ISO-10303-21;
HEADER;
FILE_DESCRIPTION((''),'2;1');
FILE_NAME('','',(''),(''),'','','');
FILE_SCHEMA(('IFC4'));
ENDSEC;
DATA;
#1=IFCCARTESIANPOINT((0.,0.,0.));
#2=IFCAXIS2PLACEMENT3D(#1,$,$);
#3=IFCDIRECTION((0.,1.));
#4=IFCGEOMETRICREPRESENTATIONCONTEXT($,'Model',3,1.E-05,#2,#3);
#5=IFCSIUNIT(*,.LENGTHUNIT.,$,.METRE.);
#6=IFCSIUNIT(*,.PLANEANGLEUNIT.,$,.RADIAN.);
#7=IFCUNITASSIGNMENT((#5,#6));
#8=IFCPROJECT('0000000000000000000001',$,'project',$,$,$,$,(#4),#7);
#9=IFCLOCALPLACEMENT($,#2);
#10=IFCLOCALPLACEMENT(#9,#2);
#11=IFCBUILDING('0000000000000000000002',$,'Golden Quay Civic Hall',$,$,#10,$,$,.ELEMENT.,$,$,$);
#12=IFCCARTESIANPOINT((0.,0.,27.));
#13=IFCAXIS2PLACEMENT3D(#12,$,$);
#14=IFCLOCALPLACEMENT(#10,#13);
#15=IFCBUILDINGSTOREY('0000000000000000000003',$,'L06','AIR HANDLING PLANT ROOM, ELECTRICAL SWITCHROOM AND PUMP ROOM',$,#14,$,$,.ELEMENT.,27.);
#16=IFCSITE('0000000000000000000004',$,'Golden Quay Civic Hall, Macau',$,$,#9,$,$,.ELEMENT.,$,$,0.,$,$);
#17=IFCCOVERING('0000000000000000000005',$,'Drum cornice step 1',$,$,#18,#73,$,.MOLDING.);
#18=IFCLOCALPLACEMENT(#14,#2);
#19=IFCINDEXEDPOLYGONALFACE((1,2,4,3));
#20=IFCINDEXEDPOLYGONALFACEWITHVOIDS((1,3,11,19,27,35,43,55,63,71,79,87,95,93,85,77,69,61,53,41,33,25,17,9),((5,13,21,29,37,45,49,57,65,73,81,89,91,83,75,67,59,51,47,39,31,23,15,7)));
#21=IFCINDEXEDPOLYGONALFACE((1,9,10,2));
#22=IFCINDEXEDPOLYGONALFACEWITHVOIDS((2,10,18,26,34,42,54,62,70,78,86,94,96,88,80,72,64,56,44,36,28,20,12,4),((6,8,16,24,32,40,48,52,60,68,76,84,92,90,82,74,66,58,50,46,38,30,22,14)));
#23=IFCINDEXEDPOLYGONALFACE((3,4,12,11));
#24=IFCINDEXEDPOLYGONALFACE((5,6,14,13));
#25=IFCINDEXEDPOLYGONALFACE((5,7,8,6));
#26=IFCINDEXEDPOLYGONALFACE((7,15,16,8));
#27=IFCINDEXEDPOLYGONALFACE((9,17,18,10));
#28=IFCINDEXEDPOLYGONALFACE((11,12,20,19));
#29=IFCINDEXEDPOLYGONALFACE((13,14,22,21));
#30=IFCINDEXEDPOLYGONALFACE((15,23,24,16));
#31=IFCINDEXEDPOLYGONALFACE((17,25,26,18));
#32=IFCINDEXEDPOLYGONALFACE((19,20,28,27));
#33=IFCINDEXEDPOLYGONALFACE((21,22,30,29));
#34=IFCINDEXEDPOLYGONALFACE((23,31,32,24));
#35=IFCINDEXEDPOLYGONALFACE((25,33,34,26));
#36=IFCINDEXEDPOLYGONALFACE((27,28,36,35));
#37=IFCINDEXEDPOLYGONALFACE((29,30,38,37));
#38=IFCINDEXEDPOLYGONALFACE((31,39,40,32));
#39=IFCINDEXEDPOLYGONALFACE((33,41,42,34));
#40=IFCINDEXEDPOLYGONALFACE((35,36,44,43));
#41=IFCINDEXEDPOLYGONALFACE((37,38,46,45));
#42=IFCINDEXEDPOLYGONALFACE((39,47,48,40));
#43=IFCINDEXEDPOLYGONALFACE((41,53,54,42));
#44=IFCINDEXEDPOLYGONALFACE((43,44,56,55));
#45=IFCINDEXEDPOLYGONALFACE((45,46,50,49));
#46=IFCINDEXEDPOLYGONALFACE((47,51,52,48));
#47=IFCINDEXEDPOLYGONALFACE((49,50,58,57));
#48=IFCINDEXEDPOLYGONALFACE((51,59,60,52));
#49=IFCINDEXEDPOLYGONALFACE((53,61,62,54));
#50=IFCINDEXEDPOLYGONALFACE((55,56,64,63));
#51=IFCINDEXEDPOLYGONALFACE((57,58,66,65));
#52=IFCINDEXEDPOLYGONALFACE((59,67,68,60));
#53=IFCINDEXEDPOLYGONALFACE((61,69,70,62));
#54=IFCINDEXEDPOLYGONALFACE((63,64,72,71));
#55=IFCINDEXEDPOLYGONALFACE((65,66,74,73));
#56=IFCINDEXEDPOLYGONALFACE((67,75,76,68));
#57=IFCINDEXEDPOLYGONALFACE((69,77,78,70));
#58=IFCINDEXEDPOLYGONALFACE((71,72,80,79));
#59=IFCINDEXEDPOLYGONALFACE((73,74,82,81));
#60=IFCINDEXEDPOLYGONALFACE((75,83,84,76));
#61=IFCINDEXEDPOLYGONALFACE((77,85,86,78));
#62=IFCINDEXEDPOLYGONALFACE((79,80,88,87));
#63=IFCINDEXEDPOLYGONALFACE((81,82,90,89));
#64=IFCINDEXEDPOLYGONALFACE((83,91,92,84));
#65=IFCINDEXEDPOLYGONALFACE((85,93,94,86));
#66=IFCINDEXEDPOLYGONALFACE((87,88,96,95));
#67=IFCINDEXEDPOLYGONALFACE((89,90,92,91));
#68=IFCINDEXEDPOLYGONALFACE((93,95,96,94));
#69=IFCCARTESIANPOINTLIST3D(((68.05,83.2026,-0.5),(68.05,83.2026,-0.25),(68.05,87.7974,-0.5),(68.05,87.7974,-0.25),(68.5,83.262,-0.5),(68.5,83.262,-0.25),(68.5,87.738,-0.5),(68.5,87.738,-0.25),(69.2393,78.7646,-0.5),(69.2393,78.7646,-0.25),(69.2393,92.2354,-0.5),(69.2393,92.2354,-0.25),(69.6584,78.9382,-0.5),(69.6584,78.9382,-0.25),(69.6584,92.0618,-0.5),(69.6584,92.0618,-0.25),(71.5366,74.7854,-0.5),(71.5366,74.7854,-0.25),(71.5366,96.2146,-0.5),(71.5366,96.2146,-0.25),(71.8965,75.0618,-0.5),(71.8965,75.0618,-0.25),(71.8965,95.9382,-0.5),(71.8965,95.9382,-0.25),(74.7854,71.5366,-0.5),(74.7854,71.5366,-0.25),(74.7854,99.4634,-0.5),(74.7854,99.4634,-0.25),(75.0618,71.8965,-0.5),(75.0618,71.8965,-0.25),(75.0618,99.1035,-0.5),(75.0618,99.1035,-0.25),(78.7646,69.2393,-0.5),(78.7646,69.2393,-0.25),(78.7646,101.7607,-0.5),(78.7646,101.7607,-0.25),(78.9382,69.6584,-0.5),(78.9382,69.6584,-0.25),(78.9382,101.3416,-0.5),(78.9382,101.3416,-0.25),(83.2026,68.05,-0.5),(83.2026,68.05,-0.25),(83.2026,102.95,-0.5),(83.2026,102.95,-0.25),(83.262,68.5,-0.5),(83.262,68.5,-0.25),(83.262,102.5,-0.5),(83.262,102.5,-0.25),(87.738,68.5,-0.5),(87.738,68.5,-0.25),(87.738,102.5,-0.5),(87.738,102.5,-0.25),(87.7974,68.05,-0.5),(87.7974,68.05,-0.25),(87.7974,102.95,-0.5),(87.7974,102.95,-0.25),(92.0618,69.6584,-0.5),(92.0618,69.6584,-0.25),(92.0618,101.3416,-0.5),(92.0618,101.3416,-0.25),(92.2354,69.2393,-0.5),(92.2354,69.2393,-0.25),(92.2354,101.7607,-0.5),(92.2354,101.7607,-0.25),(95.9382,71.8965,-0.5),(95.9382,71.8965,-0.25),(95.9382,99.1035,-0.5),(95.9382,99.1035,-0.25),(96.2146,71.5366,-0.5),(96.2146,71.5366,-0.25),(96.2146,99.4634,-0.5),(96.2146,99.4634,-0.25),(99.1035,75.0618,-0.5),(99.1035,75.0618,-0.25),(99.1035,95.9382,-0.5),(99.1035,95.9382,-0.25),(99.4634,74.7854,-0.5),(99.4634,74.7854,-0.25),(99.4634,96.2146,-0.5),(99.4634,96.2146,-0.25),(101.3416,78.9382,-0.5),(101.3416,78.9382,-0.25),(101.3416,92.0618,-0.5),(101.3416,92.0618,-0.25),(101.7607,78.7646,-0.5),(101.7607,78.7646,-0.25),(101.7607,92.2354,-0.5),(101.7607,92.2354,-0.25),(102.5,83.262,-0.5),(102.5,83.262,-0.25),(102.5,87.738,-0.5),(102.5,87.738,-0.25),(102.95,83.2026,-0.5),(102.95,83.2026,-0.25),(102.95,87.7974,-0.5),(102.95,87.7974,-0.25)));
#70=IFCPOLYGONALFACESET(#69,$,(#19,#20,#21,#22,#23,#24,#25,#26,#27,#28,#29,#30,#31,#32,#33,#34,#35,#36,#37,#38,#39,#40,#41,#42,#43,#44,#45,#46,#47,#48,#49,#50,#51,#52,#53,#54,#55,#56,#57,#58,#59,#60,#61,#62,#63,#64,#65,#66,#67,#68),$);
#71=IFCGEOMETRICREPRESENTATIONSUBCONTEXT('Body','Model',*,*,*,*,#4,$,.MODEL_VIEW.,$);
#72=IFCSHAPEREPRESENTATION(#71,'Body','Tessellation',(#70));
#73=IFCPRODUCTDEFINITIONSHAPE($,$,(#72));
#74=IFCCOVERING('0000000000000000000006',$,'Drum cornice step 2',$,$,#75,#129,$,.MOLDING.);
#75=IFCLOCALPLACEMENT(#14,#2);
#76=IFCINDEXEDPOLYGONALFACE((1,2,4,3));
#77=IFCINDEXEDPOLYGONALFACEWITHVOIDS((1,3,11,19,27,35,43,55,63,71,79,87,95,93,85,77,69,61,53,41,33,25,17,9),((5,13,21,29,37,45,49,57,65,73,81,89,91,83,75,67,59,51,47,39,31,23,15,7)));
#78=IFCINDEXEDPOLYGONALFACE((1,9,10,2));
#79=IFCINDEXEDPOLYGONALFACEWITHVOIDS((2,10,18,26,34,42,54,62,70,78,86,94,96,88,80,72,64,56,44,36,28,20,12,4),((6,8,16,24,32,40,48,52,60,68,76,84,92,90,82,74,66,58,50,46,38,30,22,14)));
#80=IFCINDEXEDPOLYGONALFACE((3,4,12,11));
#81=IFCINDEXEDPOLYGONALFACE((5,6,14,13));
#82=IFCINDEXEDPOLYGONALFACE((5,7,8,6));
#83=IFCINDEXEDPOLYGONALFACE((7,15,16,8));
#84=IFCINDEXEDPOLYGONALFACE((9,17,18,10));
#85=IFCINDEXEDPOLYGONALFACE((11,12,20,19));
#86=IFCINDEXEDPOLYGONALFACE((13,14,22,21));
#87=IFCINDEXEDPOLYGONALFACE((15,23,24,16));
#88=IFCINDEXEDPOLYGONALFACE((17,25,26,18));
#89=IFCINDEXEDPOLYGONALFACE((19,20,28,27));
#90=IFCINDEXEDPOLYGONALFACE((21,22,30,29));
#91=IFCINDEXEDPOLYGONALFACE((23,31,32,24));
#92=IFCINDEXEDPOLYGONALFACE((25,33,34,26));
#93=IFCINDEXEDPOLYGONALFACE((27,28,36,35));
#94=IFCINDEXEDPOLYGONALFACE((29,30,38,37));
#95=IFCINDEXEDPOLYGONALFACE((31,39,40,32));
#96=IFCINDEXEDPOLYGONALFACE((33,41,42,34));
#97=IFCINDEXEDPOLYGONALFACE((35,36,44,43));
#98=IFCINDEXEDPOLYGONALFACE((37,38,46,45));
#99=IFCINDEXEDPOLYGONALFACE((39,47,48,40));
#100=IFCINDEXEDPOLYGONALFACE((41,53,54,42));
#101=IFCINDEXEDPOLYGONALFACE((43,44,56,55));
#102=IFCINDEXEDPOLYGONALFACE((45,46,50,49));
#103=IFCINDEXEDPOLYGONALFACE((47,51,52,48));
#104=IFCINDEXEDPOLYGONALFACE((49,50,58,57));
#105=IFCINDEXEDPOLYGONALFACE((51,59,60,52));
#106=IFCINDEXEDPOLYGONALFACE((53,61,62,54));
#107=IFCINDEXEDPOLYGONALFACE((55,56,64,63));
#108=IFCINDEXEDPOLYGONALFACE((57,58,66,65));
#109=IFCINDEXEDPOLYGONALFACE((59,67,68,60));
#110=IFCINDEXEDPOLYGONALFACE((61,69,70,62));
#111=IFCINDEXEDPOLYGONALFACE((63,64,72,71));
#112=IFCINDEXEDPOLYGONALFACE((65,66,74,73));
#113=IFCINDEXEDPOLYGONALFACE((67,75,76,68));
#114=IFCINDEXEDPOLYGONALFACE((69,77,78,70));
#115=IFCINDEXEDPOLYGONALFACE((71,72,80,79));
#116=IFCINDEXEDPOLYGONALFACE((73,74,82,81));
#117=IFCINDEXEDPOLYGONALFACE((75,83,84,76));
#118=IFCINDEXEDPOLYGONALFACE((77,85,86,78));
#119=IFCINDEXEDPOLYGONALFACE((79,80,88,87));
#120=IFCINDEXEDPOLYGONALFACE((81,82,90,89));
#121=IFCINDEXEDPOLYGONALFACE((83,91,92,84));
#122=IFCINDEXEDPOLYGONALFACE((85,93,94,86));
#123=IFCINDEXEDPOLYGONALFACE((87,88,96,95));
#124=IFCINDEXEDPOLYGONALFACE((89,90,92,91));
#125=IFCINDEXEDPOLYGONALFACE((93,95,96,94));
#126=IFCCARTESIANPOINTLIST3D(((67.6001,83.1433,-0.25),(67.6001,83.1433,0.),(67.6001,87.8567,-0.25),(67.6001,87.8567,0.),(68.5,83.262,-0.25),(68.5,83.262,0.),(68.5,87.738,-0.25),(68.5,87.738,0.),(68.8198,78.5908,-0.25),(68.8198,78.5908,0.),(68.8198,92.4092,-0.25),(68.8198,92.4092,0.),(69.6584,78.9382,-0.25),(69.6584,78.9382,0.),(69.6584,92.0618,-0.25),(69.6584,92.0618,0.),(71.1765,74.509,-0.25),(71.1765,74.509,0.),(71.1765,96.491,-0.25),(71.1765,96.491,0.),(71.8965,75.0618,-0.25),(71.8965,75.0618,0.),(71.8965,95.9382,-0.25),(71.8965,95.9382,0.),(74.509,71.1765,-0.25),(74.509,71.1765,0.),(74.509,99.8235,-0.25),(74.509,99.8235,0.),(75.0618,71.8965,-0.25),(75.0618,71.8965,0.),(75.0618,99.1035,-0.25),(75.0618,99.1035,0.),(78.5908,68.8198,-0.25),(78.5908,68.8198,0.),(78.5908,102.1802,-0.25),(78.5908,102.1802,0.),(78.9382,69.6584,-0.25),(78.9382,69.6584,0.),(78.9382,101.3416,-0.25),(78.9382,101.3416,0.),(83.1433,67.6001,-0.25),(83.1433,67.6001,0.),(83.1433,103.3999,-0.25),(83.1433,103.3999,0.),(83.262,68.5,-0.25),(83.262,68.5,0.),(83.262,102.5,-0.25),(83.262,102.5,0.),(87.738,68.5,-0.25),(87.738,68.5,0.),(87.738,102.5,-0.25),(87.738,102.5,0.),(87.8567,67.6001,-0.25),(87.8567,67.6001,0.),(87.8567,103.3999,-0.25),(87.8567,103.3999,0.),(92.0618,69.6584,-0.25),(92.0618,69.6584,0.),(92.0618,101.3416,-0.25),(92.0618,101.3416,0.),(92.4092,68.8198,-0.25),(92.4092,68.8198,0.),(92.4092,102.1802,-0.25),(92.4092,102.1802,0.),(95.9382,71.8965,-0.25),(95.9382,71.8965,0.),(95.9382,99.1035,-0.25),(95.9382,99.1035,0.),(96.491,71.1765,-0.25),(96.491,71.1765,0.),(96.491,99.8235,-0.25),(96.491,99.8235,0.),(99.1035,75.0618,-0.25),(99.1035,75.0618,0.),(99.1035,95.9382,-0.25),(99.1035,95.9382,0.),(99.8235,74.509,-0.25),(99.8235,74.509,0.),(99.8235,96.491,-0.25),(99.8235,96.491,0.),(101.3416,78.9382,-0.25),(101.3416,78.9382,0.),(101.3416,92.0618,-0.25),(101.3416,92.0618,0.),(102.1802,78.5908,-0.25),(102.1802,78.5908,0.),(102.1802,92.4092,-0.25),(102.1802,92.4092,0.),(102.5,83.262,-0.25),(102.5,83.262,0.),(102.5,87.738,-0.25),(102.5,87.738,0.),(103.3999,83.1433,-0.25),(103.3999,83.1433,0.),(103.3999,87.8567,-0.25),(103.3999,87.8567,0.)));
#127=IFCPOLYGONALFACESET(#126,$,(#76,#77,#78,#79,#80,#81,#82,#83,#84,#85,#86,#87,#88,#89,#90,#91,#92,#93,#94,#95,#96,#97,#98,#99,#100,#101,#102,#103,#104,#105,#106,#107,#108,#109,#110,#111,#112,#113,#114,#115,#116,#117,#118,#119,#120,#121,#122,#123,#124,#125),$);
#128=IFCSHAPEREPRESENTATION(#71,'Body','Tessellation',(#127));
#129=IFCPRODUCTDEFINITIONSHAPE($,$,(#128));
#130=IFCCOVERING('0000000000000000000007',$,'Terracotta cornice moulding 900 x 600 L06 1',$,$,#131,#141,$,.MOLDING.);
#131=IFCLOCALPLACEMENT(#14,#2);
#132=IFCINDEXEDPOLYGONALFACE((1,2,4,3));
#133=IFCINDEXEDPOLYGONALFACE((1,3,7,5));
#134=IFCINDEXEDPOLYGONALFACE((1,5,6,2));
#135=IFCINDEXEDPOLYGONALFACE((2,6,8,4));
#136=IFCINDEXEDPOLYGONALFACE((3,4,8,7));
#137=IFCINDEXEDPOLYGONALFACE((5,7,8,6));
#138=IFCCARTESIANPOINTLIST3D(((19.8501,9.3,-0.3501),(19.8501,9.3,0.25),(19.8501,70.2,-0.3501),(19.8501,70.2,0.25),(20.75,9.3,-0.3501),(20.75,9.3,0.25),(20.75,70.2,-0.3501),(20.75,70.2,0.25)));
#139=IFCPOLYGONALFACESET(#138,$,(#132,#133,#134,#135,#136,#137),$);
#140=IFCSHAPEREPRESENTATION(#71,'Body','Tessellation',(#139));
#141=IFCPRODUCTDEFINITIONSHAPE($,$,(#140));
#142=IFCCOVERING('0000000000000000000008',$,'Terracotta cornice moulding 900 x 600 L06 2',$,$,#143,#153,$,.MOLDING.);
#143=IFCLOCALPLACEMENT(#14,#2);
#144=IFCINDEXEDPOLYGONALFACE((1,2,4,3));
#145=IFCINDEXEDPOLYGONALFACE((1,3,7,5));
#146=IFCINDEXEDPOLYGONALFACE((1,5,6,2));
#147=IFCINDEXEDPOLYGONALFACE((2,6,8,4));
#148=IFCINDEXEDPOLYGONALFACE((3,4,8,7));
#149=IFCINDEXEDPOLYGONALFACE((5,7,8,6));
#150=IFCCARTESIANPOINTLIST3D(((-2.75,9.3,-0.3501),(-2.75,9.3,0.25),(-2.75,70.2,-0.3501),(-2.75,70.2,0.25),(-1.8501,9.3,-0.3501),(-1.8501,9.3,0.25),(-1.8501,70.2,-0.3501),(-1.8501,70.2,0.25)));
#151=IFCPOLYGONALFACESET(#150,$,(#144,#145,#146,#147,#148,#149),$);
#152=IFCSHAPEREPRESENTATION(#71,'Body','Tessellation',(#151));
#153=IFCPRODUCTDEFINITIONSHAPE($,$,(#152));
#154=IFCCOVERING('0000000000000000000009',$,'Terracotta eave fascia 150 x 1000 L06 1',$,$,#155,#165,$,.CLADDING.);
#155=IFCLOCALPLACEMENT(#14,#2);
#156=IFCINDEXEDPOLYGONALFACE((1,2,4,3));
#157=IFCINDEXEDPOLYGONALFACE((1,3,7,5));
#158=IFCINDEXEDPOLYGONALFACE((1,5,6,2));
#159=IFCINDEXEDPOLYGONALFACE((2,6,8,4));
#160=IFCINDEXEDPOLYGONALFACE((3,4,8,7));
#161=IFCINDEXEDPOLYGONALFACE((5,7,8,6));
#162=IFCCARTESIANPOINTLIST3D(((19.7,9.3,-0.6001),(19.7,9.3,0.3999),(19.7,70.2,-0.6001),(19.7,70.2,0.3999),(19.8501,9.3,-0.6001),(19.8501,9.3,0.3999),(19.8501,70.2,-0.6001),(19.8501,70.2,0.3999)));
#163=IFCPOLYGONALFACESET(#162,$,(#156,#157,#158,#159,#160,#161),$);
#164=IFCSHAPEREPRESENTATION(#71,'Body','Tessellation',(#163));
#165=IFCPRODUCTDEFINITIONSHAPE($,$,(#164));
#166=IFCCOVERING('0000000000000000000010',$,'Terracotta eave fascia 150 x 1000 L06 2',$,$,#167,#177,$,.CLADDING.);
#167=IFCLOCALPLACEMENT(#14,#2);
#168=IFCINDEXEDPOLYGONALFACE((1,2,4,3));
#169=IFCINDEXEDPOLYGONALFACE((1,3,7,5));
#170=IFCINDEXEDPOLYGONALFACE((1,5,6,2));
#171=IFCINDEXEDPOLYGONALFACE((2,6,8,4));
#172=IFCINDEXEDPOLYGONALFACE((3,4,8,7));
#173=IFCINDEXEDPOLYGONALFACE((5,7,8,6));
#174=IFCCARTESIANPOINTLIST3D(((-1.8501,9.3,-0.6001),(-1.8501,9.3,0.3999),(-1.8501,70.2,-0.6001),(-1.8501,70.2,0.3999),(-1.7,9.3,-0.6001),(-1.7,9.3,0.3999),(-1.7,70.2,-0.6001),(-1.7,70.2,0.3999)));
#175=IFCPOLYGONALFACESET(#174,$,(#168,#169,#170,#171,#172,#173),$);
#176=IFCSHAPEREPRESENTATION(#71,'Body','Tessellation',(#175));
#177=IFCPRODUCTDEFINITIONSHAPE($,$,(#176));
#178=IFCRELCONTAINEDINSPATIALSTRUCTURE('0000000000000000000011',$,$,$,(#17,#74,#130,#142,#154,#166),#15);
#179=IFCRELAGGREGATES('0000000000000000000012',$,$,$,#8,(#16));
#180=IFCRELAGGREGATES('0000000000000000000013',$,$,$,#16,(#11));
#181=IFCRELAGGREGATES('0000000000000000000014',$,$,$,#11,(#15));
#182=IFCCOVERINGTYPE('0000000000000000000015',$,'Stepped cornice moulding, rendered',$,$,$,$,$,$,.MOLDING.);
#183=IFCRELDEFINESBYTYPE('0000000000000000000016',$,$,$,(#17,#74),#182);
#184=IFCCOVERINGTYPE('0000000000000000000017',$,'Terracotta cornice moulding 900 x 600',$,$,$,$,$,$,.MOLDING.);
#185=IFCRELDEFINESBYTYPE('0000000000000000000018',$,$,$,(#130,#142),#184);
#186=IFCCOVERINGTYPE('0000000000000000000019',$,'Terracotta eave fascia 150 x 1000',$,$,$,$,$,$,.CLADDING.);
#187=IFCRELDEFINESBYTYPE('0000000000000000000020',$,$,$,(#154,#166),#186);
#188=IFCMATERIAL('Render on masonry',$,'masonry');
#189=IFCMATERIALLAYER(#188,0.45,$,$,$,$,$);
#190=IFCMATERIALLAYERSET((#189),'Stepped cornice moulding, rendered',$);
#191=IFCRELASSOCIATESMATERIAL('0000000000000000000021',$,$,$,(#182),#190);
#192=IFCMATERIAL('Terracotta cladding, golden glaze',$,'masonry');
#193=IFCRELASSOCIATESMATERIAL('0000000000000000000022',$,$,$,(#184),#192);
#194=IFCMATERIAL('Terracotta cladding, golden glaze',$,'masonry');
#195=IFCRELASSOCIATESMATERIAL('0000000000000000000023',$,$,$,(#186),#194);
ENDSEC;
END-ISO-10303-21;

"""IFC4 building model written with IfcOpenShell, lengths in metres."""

from ifc_helpers import new_model, si_unit, direction, frame, origin, place, context, subcontext, project, spatial, polyline, outline, extrude, material, layer, layer_set, type_object, element, save


model = new_model("IFC4")

# Units and contexts
model_context = context("Model", 3, precision=1e-05, world=origin(), true_north=direction((0.0, 1.0)))
body_context = subcontext(model_context, "Body", "Model", "MODEL_VIEW")
ifc_project = project(units=[si_unit("LENGTHUNIT", "METRE"), si_unit("PLANEANGLEUNIT", "RADIAN")], contexts=[model_context])

# Site, building, storey
site_placement = place(None, origin())
site = spatial("IfcSite", under=ifc_project, at=site_placement, Name="Golden Quay Civic Hall, Macau", CompositionType="ELEMENT", RefElevation=0.0)
building_placement = place(site_placement, origin())
building = spatial("IfcBuilding", under=site, at=building_placement, Name="Golden Quay Civic Hall", CompositionType="ELEMENT")
storey_placement = place(building_placement, frame((0.0, 0.0, 27.0)))
storey = spatial("IfcBuildingStorey", under=building, at=storey_placement, Name="L06", Description="AIR HANDLING PLANT ROOM, ELECTRICAL SWITCHROOM AND PUMP ROOM", CompositionType="ELEMENT", Elevation=27.0)

# Coverings
ifc_material_1 = material(Name="Render on masonry", Category="masonry")
ifc_layer_1 = layer(ifc_material_1, 0.45)
ifc_layer_set_1 = layer_set([ifc_layer_1], Name="Stepped cornice moulding, rendered")
covering_type_1 = type_object("IfcCoveringType", Name="Stepped cornice moulding, rendered", PredefinedType="MOLDING", material=ifc_layer_set_1)
covering_1_placement = place(storey_placement, frame((0.0, 0.0, -0.5)))
element("IfcCovering", 1, at=covering_1_placement, inside=storey, type_object=covering_type_1, Name="Drum cornice step 1", PredefinedType="MOLDING", context=body_context, shape_type="SweptSolid", body=[
    extrude(outline(polyline([(102.95, 87.7974), (101.7607, 92.2354), (99.4634, 96.2146), (96.2146, 99.4634), (92.2354, 101.7607), (87.7974, 102.95), (83.2026, 102.95), (78.7646, 101.7607), (74.7854, 99.4634), (71.5366, 96.2146), (69.2393, 92.2354), (68.05, 87.7974), (68.05, 83.2026), (69.2393, 78.7646), (71.5366, 74.7854), (74.7854, 71.5366), (78.7646, 69.2393), (83.2026, 68.05), (87.7974, 68.05), (92.2354, 69.2393), (96.2146, 71.5366), (99.4634, 74.7854), (101.7607, 78.7646), (102.95, 83.2026), (102.95, 87.7974)]), holes=[polyline([(101.3416, 92.0618), (99.1035, 95.9382), (95.9382, 99.1035), (92.0618, 101.3416), (87.738, 102.5), (83.262, 102.5), (78.9382, 101.3416), (75.0618, 99.1035), (71.8965, 95.9382), (69.6584, 92.0618), (68.5, 87.738), (68.5, 83.262), (69.6584, 78.9382), (71.8965, 75.0618), (75.0618, 71.8965), (78.9382, 69.6584), (83.262, 68.5), (87.738, 68.5), (92.0618, 69.6584), (95.9382, 71.8965), (99.1035, 75.0618), (101.3416, 78.9382), (102.5, 83.262), (102.5, 87.738), (101.3416, 92.0618)])]), origin(), (0.0, 0.0, 1.0), 0.25),
])
covering_2_placement = place(storey_placement, frame((0.0, 0.0, -0.25)))
element("IfcCovering", 2, at=covering_2_placement, inside=storey, type_object=covering_type_1, Name="Drum cornice step 2", PredefinedType="MOLDING", context=body_context, shape_type="SweptSolid", body=[
    extrude(outline(polyline([(103.3999, 87.8567), (102.1802, 92.4092), (99.8235, 96.491), (96.491, 99.8235), (92.4092, 102.1802), (87.8567, 103.3999), (83.1433, 103.3999), (78.5908, 102.1802), (74.509, 99.8235), (71.1765, 96.491), (68.8198, 92.4092), (67.6001, 87.8567), (67.6001, 83.1433), (68.8198, 78.5908), (71.1765, 74.509), (74.509, 71.1765), (78.5908, 68.8198), (83.1433, 67.6001), (87.8567, 67.6001), (92.4092, 68.8198), (96.491, 71.1765), (99.8235, 74.509), (102.1802, 78.5908), (103.3999, 83.1433), (103.3999, 87.8567)]), holes=[polyline([(101.3416, 92.0618), (99.1035, 95.9382), (95.9382, 99.1035), (92.0618, 101.3416), (87.738, 102.5), (83.262, 102.5), (78.9382, 101.3416), (75.0618, 99.1035), (71.8965, 95.9382), (69.6584, 92.0618), (68.5, 87.738), (68.5, 83.262), (69.6584, 78.9382), (71.8965, 75.0618), (75.0618, 71.8965), (78.9382, 69.6584), (83.262, 68.5), (87.738, 68.5), (92.0618, 69.6584), (95.9382, 71.8965), (99.1035, 75.0618), (101.3416, 78.9382), (102.5, 83.262), (102.5, 87.738), (101.3416, 92.0618)])]), origin(), (0.0, 0.0, 1.0), 0.25),
])
ifc_material_2 = material(Name="Terracotta cladding, golden glaze", Category="masonry")
covering_type_2 = type_object("IfcCoveringType", Name="Terracotta cornice moulding 900 x 600", PredefinedType="MOLDING", material=ifc_material_2)
covering_3_placement = place(storey_placement, frame((0.0, 0.0, -0.3501)))
element("IfcCovering", 3, at=covering_3_placement, inside=storey, type_object=covering_type_2, Name="Terracotta cornice moulding 900 x 600 L06 1", PredefinedType="MOLDING", context=body_context, shape_type="SweptSolid", body=[
    extrude(outline(polyline([(20.75, 9.3), (19.8501, 9.3), (19.8501, 70.2), (20.75, 70.2), (20.75, 9.3)])), origin(), (0.0, 0.0, 1.0), 0.6001),
])
covering_4_placement = place(storey_placement, frame((0.0, 0.0, -0.3501)))
element("IfcCovering", 4, at=covering_4_placement, inside=storey, type_object=covering_type_2, Name="Terracotta cornice moulding 900 x 600 L06 2", PredefinedType="MOLDING", context=body_context, shape_type="SweptSolid", body=[
    extrude(outline(polyline([(-2.75, 70.2), (-1.8501, 70.2), (-1.8501, 9.3), (-2.75, 9.3), (-2.75, 70.2)])), origin(), (0.0, 0.0, 1.0), 0.6001),
])
ifc_material_3 = material(Name="Terracotta cladding, golden glaze", Category="masonry")
covering_type_3 = type_object("IfcCoveringType", Name="Terracotta eave fascia 150 x 1000", PredefinedType="CLADDING", material=ifc_material_3)
covering_5_placement = place(storey_placement, frame((0.0, 0.0, -0.6001)))
element("IfcCovering", 5, at=covering_5_placement, inside=storey, type_object=covering_type_3, Name="Terracotta eave fascia 150 x 1000 L06 1", PredefinedType="CLADDING", context=body_context, shape_type="SweptSolid", body=[
    extrude(outline(polyline([(19.8501, 9.3), (19.7, 9.3), (19.7, 70.2), (19.8501, 70.2), (19.8501, 9.3)])), origin(), (0.0, 0.0, 1.0), 1.0),
])
covering_6_placement = place(storey_placement, frame((0.0, 0.0, -0.6001)))
element("IfcCovering", 6, at=covering_6_placement, inside=storey, type_object=covering_type_3, Name="Terracotta eave fascia 150 x 1000 L06 2", PredefinedType="CLADDING", context=body_context, shape_type="SweptSolid", body=[
    extrude(outline(polyline([(-1.8501, 70.2), (-1.7, 70.2), (-1.7, 9.3), (-1.8501, 9.3), (-1.8501, 70.2)])), origin(), (0.0, 0.0, 1.0), 1.0),
])

save(model, "model.ifc")
